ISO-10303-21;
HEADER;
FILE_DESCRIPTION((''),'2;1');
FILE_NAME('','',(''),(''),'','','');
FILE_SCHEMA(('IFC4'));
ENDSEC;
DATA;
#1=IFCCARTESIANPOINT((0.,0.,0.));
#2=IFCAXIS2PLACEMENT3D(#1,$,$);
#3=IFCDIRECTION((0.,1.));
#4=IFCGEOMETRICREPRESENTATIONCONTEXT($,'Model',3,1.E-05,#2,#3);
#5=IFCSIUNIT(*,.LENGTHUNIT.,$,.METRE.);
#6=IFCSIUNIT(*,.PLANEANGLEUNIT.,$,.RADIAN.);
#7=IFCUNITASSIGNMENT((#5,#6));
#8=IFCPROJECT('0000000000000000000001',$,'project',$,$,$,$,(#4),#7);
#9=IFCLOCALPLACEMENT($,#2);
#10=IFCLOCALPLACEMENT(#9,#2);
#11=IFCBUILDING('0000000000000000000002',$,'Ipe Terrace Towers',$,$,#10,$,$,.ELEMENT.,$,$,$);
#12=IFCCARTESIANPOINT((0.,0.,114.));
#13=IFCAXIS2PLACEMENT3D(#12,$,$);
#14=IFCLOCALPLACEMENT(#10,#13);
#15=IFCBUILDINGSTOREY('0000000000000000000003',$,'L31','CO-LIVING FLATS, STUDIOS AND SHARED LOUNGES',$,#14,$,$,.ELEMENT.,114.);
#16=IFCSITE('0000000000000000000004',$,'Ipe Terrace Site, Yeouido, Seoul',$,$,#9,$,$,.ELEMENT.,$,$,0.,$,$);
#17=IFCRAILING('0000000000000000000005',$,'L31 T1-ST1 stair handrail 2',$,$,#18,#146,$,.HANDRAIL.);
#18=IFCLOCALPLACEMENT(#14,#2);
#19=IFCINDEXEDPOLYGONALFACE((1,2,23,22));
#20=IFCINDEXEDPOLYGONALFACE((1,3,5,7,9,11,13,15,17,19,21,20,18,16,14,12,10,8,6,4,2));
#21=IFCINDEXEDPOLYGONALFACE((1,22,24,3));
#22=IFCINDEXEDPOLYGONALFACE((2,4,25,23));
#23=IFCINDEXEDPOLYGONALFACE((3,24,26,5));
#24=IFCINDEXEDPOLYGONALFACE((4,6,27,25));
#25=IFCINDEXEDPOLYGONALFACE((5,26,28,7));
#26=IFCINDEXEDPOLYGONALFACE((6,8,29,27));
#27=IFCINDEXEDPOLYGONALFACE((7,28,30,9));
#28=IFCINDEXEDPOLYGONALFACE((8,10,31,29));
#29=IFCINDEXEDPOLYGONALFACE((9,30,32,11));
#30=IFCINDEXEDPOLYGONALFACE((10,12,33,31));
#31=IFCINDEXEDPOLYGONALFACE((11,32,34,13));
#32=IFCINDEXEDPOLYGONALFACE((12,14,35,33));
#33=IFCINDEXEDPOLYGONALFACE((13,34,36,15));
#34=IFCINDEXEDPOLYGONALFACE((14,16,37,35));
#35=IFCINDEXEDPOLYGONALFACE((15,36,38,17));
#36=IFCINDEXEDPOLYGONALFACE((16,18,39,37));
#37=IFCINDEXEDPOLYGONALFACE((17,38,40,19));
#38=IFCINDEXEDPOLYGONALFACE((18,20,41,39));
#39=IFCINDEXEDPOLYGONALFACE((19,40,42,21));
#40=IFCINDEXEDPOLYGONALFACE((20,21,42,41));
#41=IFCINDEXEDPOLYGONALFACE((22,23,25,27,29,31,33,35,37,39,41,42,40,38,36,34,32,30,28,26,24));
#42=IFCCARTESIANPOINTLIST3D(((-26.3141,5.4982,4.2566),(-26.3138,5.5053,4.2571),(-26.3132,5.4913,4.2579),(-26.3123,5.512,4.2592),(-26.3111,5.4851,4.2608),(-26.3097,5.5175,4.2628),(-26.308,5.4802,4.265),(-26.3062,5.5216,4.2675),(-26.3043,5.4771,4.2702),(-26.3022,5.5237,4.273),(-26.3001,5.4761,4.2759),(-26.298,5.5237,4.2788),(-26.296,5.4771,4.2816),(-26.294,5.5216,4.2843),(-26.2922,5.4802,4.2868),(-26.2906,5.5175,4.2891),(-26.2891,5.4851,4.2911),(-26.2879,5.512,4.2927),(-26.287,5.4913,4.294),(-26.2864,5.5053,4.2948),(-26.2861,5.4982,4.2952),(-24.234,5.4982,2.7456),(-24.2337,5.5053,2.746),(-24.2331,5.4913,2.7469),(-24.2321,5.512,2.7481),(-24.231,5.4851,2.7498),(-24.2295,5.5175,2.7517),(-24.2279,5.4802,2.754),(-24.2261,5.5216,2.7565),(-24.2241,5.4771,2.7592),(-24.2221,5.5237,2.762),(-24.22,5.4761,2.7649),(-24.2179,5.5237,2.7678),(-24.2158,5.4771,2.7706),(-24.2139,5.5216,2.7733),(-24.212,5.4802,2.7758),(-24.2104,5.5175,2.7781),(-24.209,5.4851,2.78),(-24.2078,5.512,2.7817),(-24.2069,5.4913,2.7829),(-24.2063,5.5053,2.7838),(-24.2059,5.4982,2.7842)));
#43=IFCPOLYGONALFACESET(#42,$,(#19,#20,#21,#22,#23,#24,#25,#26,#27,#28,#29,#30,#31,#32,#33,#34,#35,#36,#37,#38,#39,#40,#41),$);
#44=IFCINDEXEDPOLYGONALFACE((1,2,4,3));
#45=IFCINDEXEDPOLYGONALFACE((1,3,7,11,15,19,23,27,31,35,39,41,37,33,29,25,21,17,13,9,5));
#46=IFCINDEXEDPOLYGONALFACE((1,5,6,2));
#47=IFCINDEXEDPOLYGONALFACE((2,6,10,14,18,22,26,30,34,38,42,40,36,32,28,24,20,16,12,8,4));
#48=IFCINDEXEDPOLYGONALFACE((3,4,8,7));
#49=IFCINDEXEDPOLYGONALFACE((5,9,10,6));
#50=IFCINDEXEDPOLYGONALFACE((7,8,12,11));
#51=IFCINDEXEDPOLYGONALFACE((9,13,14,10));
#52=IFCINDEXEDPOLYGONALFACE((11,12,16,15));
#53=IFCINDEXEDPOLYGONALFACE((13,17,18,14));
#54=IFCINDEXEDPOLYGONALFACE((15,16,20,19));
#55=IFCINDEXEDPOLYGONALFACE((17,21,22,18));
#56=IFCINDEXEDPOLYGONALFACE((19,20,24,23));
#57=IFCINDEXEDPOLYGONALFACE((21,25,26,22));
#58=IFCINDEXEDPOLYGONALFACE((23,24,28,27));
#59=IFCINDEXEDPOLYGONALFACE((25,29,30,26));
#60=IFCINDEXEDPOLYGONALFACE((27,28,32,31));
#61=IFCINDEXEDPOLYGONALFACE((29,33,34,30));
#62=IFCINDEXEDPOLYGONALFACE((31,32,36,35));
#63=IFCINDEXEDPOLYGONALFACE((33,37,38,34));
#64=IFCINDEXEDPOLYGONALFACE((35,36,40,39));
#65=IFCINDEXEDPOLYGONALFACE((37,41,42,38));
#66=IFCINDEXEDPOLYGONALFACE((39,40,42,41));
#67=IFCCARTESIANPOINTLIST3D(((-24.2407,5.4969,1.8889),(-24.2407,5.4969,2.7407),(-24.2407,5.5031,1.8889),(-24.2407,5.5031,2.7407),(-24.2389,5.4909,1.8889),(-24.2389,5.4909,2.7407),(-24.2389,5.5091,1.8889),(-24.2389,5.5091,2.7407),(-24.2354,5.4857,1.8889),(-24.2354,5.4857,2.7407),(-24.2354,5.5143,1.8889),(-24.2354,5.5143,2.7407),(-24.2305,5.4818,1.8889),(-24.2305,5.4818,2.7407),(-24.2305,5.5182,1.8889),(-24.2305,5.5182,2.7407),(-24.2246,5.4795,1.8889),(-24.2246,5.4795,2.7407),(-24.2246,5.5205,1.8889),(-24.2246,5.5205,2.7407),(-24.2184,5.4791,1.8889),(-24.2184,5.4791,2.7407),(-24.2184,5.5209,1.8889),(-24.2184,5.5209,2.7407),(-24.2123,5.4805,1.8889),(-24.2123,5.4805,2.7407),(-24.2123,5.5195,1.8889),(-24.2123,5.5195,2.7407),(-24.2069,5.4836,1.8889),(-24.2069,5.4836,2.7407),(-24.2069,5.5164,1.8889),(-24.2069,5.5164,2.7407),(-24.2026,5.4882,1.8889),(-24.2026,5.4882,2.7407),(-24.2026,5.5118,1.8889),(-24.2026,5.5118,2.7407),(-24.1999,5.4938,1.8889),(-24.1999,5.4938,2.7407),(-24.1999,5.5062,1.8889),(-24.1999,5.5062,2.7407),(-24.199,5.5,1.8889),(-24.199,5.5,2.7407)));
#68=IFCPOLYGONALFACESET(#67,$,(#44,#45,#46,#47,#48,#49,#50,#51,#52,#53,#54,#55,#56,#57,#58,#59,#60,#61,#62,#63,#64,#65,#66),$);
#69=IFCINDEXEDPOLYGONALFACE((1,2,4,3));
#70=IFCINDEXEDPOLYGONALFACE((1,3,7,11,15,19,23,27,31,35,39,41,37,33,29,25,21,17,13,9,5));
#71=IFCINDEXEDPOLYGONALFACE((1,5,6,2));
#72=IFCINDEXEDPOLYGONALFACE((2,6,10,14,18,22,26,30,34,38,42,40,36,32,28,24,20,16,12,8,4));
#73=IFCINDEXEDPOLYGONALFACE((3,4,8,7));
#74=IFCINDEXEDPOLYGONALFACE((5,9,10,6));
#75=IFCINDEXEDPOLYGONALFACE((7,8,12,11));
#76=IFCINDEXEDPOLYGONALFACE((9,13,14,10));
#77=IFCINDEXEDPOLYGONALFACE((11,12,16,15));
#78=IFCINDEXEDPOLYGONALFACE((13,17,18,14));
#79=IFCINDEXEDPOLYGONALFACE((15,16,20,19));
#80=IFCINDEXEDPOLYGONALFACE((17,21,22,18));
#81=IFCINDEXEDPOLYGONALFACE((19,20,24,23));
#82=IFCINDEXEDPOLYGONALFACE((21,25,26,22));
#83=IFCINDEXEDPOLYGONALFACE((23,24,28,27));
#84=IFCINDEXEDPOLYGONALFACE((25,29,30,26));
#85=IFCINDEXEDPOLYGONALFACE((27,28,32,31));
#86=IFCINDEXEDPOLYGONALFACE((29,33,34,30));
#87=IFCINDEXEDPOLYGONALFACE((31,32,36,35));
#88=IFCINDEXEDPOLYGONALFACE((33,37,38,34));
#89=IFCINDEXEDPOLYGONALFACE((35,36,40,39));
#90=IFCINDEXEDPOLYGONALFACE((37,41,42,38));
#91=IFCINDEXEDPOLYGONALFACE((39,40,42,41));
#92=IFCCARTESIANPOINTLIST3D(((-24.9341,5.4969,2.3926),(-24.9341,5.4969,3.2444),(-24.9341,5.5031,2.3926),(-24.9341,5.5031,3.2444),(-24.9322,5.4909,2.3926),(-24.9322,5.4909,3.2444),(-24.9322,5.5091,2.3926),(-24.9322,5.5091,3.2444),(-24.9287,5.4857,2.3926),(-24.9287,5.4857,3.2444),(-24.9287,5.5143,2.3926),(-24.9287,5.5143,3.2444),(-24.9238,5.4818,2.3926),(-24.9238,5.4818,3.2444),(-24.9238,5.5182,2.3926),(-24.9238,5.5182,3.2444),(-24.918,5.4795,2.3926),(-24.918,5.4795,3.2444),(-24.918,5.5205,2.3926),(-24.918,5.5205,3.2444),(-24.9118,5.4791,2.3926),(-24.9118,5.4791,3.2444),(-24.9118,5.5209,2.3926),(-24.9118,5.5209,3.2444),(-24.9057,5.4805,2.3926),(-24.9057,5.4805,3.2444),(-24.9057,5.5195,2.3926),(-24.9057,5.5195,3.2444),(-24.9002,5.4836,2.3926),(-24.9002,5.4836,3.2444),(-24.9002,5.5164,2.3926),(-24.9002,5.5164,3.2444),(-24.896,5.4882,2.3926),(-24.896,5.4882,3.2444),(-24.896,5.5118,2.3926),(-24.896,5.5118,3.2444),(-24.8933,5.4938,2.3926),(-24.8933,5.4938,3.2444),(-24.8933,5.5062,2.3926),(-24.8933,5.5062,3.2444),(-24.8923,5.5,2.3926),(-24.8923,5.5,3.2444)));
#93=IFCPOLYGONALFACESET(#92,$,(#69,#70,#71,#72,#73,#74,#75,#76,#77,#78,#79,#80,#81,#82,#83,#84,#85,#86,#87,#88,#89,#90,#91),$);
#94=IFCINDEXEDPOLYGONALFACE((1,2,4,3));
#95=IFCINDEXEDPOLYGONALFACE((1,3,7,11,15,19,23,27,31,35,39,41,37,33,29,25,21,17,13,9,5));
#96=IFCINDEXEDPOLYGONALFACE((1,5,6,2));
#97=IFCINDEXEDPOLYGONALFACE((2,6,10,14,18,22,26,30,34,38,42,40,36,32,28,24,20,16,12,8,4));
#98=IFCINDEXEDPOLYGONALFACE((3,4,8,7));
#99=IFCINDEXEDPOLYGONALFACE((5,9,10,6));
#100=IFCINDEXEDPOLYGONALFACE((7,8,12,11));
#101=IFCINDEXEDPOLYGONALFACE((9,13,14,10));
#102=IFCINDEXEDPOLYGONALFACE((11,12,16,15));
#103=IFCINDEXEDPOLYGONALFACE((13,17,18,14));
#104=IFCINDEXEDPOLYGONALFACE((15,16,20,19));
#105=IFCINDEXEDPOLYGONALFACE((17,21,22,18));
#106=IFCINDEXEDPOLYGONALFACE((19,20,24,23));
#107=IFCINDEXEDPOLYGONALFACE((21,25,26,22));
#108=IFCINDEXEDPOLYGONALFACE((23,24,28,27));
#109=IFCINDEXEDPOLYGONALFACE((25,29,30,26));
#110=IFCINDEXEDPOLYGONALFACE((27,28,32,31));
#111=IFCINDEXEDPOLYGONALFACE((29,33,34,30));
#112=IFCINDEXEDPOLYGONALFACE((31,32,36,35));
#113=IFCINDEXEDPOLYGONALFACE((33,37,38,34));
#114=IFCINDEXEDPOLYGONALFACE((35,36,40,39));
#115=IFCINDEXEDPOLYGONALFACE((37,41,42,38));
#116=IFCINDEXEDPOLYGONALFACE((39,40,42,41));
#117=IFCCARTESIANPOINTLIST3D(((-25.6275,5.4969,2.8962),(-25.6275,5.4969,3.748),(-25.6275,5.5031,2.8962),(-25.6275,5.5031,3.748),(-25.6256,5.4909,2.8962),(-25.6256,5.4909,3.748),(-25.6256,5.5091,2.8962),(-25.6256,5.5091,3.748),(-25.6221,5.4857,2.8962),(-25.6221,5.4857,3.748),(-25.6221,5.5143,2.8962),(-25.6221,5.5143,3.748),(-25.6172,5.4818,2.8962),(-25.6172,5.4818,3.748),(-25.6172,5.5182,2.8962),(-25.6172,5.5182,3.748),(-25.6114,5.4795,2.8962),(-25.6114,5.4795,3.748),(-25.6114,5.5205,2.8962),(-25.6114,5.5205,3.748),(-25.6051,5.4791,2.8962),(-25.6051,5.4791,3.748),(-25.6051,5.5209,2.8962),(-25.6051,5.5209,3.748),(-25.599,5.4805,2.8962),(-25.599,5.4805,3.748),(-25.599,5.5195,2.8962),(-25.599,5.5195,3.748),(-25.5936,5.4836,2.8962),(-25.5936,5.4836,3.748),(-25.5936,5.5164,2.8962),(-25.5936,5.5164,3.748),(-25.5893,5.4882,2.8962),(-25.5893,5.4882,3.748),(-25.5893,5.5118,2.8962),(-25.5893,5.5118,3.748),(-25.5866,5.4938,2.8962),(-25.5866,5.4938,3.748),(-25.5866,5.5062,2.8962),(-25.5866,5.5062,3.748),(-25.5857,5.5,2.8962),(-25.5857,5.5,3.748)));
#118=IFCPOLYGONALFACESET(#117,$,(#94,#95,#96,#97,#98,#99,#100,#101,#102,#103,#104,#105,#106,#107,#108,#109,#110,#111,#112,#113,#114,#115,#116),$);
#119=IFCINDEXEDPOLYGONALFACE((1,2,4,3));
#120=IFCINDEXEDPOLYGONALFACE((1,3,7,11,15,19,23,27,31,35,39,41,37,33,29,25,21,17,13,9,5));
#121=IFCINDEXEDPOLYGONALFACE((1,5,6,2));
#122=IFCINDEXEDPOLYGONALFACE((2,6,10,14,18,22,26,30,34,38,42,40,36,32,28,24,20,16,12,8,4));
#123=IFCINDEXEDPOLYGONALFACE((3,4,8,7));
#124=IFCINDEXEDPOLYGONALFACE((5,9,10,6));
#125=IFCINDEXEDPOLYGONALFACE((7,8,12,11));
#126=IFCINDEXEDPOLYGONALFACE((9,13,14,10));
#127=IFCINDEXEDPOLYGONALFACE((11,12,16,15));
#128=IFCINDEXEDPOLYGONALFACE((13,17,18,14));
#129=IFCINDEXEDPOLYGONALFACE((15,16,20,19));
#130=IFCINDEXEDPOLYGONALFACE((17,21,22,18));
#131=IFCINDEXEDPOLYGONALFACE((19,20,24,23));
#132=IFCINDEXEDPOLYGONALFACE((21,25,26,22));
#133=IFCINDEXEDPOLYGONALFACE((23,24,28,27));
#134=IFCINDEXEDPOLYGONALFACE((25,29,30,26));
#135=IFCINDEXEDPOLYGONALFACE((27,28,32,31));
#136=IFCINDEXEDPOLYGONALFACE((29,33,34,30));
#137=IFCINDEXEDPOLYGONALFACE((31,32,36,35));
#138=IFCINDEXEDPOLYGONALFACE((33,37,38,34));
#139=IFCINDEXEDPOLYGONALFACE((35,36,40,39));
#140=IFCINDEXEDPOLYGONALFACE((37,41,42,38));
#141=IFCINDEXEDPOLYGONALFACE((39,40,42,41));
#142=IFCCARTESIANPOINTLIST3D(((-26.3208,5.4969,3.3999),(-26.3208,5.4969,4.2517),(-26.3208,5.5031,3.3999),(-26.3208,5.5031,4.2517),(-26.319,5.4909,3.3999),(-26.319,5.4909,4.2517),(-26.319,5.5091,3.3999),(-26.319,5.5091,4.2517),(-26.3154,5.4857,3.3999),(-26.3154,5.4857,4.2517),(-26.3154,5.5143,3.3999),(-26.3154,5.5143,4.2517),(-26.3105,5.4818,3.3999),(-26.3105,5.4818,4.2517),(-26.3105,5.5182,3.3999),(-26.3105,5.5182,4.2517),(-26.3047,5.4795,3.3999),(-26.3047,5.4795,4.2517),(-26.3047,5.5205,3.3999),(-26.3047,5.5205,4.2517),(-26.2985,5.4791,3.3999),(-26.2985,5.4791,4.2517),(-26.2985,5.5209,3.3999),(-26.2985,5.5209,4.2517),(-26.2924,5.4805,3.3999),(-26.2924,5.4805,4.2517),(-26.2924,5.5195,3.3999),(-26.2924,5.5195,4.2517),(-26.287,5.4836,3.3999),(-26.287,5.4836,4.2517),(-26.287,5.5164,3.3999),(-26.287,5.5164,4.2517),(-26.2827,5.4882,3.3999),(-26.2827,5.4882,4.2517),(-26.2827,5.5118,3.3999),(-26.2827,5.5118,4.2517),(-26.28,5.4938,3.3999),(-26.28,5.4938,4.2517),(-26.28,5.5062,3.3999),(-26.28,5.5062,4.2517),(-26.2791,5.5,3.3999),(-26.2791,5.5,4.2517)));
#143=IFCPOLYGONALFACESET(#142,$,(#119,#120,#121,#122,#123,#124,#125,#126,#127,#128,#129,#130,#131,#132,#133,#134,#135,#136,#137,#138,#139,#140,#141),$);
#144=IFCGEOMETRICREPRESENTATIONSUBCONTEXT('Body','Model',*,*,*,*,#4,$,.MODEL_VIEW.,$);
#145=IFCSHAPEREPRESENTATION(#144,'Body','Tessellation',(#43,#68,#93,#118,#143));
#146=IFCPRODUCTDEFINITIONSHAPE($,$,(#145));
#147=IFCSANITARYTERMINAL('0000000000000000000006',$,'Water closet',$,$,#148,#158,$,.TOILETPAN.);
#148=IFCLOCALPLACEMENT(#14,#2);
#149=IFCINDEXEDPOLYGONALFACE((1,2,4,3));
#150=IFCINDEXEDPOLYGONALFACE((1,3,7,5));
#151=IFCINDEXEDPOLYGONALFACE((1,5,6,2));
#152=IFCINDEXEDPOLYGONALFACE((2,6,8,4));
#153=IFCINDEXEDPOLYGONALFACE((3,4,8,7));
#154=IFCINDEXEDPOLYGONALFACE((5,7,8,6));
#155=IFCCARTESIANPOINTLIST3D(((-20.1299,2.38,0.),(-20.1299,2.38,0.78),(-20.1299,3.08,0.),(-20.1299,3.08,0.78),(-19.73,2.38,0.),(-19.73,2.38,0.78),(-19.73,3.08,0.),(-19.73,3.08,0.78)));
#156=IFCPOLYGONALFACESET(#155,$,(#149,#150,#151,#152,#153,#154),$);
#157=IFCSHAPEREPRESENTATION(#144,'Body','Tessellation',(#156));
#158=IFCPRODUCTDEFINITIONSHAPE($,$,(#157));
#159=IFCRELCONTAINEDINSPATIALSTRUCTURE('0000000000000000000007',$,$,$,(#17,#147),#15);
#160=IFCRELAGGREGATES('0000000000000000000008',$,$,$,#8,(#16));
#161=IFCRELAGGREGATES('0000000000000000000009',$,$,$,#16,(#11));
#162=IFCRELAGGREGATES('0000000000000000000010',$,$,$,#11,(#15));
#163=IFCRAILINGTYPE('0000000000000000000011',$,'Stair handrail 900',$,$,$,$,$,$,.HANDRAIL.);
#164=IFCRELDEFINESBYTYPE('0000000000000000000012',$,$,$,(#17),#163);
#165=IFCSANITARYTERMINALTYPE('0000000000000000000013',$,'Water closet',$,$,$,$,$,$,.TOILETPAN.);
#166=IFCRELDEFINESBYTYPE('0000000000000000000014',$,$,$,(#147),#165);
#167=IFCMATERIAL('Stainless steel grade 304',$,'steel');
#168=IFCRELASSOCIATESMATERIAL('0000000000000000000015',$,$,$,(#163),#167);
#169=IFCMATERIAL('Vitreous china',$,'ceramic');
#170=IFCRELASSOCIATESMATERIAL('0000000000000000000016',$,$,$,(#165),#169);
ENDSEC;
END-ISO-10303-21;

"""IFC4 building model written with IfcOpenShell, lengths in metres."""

from ifc_helpers import new_model, si_unit, direction, frame, origin, origin_2d, place, context, subcontext, project, spatial, rectangle, circle, extrude, material, type_object, element, save


model = new_model("IFC4")

# Units and contexts
model_context = context("Model", 3, precision=1e-05, world=origin(), true_north=direction((0.0, 1.0)))
body_context = subcontext(model_context, "Body", "Model", "MODEL_VIEW")
ifc_project = project(units=[si_unit("LENGTHUNIT", "METRE"), si_unit("PLANEANGLEUNIT", "RADIAN")], contexts=[model_context])

# Site, building, storey
site_placement = place(None, origin())
site = spatial("IfcSite", under=ifc_project, at=site_placement, Name="Ipe Terrace Site, Yeouido, Seoul", CompositionType="ELEMENT", RefElevation=0.0)
building_placement = place(site_placement, origin())
building = spatial("IfcBuilding", under=site, at=building_placement, Name="Ipe Terrace Towers", CompositionType="ELEMENT")
storey_placement = place(building_placement, frame((0.0, 0.0, 114.0)))
storey = spatial("IfcBuildingStorey", under=building, at=storey_placement, Name="L31", Description="CO-LIVING FLATS, STUDIOS AND SHARED LOUNGES", CompositionType="ELEMENT", Elevation=114.0)

# Railing
ifc_material_1 = material(Name="Stainless steel grade 304", Category="steel")
railing_type_1 = type_object("IfcRailingType", Name="Stair handrail 900", PredefinedType="HANDRAIL", material=ifc_material_1)
railing_1_placement = place(storey_placement, frame((-24.22, 5.5, 1.8889)))
element("IfcRailing", 1, at=railing_1_placement, inside=storey, type_object=railing_type_1, Name="L31 T1-ST1 stair handrail 2", PredefinedType="HANDRAIL", context=body_context, shape_type="SweptSolid", body=[
    extrude(circle(Radius=0.0239, at=origin_2d()), frame((0.0, 0.0, 0.876), z_axis=(-0.809069, 0.0, 0.587714), x_axis=(0.0, -1.0, 0.0)), (0.0, 0.0, 1.0), 2.571),
    extrude(circle(Radius=0.021, at=origin_2d()), origin(), (0.0, 0.0, 1.0), 0.8518),
    extrude(circle(Radius=0.021, at=origin_2d()), frame((-0.6934, 0.0, 0.5037)), (0.0, 0.0, 1.0), 0.8518),
    extrude(circle(Radius=0.021, at=origin_2d()), frame((-1.3867, 0.0, 1.0073)), (0.0, 0.0, 1.0), 0.8518),
    extrude(circle(Radius=0.021, at=origin_2d()), frame((-2.0801, 0.0, 1.511)), (0.0, 0.0, 1.0), 0.8518),
])

# Sanitary terminal
ifc_material_2 = material(Name="Vitreous china", Category="ceramic")
sanitary_terminal_type = type_object("IfcSanitaryTerminalType", Name="Water closet", PredefinedType="TOILETPAN", material=ifc_material_2)
sanitary_terminal_placement = place(storey_placement, frame((-19.9299, 2.73, 0.0), z_axis=(0.0, 0.0, 1.0), x_axis=(0.0, -1.0, 0.0)))
element("IfcSanitaryTerminal", 2, at=sanitary_terminal_placement, inside=storey, type_object=sanitary_terminal_type, Name="Water closet", PredefinedType="TOILETPAN", context=body_context, shape_type="SweptSolid", body=[
    extrude(rectangle(XDim=0.7, YDim=0.3999, at=origin_2d()), origin(), (0.0, 0.0, 1.0), 0.78),
])

save(model, "model.ifc")
